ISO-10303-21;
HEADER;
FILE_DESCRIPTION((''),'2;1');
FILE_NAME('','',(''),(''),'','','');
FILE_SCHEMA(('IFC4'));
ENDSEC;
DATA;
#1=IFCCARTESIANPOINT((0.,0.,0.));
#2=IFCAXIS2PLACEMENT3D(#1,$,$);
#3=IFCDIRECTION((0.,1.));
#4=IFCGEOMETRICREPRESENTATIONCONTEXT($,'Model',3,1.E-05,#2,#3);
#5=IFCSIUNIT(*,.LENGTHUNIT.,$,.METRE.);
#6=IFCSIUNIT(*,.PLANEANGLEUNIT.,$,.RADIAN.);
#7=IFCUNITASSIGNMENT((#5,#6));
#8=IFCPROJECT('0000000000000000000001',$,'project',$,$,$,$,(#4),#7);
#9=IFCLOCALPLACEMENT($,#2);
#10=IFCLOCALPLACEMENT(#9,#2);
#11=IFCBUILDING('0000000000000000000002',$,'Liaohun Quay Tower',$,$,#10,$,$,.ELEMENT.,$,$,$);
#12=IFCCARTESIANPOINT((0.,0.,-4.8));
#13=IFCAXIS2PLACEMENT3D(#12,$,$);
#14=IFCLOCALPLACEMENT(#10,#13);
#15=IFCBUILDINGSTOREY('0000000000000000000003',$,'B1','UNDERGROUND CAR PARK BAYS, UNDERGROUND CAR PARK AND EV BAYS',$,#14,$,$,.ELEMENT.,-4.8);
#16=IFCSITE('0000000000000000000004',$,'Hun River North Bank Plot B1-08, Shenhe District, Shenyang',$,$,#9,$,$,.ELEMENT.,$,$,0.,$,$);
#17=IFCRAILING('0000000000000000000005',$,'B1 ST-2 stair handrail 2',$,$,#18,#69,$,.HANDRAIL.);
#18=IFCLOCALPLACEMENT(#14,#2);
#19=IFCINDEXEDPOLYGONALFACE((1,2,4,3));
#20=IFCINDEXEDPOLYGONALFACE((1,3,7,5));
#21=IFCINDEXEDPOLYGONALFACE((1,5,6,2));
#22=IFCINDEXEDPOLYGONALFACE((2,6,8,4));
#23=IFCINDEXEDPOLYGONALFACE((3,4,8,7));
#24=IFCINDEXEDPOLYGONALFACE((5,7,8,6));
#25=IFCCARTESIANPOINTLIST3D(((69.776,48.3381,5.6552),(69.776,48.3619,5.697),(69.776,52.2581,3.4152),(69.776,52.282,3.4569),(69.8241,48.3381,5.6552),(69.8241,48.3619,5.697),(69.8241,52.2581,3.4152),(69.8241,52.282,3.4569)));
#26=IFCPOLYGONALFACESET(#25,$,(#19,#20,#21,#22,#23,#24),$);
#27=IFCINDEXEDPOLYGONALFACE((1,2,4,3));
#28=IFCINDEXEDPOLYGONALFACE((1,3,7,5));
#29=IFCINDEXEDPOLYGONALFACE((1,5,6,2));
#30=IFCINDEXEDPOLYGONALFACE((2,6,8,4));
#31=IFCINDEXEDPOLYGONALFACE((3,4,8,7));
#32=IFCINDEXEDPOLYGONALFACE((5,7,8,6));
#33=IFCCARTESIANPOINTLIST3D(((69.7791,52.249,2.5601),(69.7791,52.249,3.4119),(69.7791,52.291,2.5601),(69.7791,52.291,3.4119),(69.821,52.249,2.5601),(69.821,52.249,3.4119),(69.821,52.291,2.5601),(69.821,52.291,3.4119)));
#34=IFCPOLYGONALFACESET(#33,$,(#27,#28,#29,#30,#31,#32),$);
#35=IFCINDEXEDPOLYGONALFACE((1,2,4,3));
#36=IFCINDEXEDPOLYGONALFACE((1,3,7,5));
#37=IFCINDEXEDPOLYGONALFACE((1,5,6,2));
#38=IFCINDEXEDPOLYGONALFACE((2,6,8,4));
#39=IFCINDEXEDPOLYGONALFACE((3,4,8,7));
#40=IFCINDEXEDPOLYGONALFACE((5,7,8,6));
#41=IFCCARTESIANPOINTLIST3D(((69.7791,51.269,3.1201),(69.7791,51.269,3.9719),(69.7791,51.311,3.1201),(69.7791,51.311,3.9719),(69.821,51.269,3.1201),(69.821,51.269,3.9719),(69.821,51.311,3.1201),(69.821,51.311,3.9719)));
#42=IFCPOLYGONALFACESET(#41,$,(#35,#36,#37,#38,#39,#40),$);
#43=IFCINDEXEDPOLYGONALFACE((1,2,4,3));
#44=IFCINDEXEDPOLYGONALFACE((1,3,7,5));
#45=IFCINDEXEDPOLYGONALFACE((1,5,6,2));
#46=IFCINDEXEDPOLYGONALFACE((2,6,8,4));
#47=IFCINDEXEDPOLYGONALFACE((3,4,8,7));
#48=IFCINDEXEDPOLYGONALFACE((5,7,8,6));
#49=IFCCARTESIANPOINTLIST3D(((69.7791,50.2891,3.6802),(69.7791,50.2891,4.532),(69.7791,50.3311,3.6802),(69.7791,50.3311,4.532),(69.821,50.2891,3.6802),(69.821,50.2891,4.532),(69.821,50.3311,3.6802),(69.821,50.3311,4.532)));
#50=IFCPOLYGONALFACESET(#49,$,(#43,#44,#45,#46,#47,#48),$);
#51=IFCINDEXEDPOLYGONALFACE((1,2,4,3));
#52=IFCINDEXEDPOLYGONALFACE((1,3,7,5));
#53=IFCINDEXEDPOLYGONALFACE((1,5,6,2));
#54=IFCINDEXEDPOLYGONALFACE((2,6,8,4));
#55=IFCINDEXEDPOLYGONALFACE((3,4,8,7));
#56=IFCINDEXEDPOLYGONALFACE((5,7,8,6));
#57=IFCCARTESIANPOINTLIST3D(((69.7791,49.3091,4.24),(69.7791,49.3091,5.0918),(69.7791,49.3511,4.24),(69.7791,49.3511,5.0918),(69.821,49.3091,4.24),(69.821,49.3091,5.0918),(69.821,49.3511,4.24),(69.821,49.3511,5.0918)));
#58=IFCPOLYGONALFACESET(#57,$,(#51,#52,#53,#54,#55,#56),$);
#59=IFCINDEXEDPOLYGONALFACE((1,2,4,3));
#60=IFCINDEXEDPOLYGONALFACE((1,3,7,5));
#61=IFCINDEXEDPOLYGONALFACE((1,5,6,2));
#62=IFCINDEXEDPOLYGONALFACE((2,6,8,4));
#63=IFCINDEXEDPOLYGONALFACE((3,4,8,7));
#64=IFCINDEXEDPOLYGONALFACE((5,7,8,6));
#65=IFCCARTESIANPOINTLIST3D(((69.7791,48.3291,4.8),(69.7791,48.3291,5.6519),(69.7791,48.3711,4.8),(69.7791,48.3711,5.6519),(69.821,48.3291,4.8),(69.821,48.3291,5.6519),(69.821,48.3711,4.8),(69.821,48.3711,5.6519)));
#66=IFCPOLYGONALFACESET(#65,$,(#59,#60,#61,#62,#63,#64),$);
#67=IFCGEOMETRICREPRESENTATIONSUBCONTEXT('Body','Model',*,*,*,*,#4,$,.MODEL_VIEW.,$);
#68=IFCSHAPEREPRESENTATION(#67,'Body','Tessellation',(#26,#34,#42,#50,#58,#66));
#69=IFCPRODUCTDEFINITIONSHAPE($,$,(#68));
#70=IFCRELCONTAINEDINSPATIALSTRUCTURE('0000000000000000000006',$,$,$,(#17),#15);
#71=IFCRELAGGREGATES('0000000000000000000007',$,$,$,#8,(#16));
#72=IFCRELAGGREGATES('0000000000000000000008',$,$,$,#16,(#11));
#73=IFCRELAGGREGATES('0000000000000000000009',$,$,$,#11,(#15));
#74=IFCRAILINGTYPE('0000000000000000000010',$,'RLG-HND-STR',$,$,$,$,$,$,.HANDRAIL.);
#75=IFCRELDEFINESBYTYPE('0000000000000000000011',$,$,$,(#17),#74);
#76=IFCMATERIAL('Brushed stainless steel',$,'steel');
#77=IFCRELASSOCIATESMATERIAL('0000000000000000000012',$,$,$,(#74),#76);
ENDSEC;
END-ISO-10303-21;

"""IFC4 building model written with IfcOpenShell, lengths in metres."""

from ifc_helpers import new_model, si_unit, direction, frame, origin, origin_2d, place, context, subcontext, project, spatial, rectangle, extrude, material, type_object, element, save


model = new_model("IFC4")

# Units and contexts
model_context = context("Model", 3, precision=1e-05, world=origin(), true_north=direction((0.0, 1.0)))
body_context = subcontext(model_context, "Body", "Model", "MODEL_VIEW")
ifc_project = project(units=[si_unit("LENGTHUNIT", "METRE"), si_unit("PLANEANGLEUNIT", "RADIAN")], contexts=[model_context])

# Site, building, storey
site_placement = place(None, origin())
site = spatial("IfcSite", under=ifc_project, at=site_placement, Name="Hun River North Bank Plot B1-08, Shenhe District, Shenyang", CompositionType="ELEMENT", RefElevation=0.0)
building_placement = place(site_placement, origin())
building = spatial("IfcBuilding", under=site, at=building_placement, Name="Liaohun Quay Tower", CompositionType="ELEMENT")
storey_placement = place(building_placement, frame((0.0, 0.0, -4.8)))
storey = spatial("IfcBuildingStorey", under=building, at=storey_placement, Name="B1", Description="UNDERGROUND CAR PARK BAYS, UNDERGROUND CAR PARK AND EV BAYS", CompositionType="ELEMENT", Elevation=-4.8)

# Railing
ifc_material_1 = material(Name="Brushed stainless steel", Category="steel")
railing_type_1 = type_object("IfcRailingType", Name="RLG-HND-STR", PredefinedType="HANDRAIL", material=ifc_material_1)
railing_1_placement = place(storey_placement, frame((69.8, 52.27, 2.5601)))
element("IfcRailing", 1, at=railing_1_placement, inside=storey, type_object=railing_type_1, Name="B1 ST-2 stair handrail 2", PredefinedType="HANDRAIL", context=body_context, shape_type="SweptSolid", body=[
    extrude(rectangle(XDim=0.0481, YDim=0.0481, at=origin_2d()), frame((0.0, 0.0, 0.876), z_axis=(0.0, -0.86824, 0.496145), x_axis=(1.0, 0.0, 0.0)), (0.0, 0.0, 1.0), 4.5149),
    extrude(rectangle(XDim=0.042, YDim=0.042, at=origin_2d()), origin(), (0.0, 0.0, 1.0), 0.8518),
    extrude(rectangle(XDim=0.042, YDim=0.042, at=origin_2d()), frame((0.0, -0.98, 0.5601)), (0.0, 0.0, 1.0), 0.8518),
    extrude(rectangle(XDim=0.042, YDim=0.042, at=origin_2d()), frame((0.0, -1.96, 1.1201)), (0.0, 0.0, 1.0), 0.8518),
    extrude(rectangle(XDim=0.042, YDim=0.042, at=origin_2d()), frame((0.0, -2.9399, 1.6799)), (0.0, 0.0, 1.0), 0.8518),
    extrude(rectangle(XDim=0.042, YDim=0.042, at=origin_2d()), frame((0.0, -3.9199, 2.24)), (0.0, 0.0, 1.0), 0.8518),
])

save(model, "model.ifc")
